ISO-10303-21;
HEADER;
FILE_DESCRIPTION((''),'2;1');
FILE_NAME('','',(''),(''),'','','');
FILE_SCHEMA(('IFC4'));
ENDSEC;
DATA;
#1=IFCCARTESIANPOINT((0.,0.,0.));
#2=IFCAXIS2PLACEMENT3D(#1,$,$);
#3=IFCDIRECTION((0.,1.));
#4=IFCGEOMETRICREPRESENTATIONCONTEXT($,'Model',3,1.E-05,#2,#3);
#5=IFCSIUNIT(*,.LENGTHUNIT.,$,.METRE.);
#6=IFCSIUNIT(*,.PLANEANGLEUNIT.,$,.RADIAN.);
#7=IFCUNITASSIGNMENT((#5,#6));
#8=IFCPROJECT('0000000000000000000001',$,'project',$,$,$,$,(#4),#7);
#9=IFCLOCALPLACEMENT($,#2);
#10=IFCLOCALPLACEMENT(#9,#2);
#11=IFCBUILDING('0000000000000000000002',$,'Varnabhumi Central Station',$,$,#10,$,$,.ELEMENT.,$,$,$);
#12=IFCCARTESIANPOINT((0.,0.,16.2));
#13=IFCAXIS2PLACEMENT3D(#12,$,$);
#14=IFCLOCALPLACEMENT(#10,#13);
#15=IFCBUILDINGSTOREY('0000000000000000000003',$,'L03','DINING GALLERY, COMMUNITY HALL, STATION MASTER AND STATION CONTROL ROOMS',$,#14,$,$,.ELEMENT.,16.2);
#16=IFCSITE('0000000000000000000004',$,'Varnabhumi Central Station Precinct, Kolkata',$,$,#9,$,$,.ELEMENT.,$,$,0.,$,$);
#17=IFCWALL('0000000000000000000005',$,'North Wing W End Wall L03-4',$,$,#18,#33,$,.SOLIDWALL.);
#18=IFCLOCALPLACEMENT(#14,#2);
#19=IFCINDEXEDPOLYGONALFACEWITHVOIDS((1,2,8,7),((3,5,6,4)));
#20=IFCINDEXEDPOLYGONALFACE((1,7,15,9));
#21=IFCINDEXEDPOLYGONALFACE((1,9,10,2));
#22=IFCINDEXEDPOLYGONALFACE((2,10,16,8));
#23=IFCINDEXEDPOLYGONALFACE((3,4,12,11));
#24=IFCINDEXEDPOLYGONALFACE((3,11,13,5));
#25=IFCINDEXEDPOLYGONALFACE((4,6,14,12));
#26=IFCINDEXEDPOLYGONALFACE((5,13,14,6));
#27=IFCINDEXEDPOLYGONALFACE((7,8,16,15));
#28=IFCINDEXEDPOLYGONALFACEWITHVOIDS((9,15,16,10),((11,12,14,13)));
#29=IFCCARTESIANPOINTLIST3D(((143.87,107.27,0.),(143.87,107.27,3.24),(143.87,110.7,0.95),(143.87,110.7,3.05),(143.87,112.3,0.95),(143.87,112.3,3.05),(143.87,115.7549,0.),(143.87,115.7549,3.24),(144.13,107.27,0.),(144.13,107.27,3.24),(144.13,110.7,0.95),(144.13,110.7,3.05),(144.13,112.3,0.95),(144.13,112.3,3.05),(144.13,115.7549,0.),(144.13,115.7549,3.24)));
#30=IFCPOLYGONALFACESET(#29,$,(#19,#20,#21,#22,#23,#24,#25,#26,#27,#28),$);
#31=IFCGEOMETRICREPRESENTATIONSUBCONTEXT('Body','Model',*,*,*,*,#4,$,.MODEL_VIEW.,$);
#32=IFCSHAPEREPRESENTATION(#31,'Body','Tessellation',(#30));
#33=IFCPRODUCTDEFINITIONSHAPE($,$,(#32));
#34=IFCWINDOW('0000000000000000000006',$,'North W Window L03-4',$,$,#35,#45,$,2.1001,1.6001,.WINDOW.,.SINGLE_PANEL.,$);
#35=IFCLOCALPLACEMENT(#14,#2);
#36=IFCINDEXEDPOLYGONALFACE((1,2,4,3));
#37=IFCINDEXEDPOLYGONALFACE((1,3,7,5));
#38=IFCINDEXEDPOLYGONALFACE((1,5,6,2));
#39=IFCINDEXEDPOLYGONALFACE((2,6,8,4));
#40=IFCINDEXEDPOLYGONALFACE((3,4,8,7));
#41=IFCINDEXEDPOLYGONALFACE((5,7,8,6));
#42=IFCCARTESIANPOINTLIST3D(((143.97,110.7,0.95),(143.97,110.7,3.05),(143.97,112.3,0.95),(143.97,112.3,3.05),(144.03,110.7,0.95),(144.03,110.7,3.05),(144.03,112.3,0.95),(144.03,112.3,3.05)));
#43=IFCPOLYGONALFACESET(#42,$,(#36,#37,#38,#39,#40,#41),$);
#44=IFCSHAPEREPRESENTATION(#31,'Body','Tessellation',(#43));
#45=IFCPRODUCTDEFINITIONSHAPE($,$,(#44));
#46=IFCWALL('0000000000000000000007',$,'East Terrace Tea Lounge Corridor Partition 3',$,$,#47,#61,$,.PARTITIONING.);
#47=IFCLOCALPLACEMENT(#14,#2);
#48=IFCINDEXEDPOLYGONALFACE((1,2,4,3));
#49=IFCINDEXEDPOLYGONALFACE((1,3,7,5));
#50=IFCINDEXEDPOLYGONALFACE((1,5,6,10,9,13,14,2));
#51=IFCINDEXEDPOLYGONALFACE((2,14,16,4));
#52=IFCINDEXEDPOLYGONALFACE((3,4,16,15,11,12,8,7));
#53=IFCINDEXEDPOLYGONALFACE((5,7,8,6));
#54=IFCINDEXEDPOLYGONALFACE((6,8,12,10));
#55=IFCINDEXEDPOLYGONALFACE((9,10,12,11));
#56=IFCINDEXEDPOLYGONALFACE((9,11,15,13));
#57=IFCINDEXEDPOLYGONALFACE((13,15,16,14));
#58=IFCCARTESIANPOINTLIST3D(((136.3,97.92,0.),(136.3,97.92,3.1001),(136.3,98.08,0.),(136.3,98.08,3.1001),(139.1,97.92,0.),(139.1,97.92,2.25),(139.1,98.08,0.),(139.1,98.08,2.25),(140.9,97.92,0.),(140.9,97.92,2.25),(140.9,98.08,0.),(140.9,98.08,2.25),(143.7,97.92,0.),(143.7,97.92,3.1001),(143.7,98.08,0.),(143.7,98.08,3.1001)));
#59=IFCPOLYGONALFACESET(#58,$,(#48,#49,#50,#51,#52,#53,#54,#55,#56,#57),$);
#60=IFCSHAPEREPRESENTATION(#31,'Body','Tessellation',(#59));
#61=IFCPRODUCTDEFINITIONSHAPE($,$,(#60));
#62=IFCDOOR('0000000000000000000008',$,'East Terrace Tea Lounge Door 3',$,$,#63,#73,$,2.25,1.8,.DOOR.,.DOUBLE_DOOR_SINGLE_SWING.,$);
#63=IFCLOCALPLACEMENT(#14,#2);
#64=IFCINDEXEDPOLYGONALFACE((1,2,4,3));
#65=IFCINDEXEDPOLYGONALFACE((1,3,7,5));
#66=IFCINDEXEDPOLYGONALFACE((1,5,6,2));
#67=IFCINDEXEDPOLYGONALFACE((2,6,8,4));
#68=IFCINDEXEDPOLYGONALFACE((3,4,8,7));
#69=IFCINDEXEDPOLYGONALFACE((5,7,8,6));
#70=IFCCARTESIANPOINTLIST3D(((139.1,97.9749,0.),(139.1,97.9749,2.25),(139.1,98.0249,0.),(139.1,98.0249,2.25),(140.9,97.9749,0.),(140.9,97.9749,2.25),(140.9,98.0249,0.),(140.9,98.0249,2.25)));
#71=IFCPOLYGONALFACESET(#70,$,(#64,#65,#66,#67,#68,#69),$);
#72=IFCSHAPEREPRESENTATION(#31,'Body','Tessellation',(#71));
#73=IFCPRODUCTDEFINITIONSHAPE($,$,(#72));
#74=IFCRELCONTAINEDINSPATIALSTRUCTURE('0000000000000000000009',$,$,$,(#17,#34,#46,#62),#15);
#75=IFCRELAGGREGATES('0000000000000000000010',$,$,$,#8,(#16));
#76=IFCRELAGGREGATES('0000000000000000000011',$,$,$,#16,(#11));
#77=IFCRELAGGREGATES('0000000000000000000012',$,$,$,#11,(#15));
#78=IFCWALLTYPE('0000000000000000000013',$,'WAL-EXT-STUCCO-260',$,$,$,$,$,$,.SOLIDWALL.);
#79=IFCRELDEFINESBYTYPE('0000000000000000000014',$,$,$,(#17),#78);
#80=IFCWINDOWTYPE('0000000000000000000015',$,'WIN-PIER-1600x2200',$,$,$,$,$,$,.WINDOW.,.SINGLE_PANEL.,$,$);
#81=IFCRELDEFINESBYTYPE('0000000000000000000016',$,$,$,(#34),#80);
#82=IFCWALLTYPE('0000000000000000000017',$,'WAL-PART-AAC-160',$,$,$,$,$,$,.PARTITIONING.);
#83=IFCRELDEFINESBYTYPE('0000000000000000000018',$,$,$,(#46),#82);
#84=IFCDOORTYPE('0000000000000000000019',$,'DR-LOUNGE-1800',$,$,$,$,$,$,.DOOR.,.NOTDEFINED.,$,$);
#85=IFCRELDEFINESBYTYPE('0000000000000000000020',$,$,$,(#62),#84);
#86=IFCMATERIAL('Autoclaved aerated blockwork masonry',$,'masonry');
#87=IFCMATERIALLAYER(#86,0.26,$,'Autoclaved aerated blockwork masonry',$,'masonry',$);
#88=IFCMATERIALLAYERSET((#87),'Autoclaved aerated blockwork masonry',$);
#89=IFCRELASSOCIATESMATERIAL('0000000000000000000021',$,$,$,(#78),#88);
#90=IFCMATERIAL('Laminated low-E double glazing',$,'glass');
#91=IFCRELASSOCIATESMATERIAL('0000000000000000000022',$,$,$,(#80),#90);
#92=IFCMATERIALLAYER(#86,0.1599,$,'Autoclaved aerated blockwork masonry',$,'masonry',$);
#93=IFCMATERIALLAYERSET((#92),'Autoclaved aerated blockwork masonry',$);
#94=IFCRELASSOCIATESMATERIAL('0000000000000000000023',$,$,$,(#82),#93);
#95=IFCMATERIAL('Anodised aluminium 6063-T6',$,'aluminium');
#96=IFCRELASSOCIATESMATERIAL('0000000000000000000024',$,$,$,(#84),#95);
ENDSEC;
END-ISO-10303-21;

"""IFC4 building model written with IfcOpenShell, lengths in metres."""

from ifc_helpers import new_model, si_unit, direction, frame, frame_2d, origin, place, context, subcontext, project, spatial, rectangle, extrude, material, layer, layer_set, type_object, element, fill, save


model = new_model("IFC4")

# Units and contexts
model_context = context("Model", 3, precision=1e-05, world=origin(), true_north=direction((0.0, 1.0)))
body_context = subcontext(model_context, "Body", "Model", "MODEL_VIEW")
ifc_project = project(units=[si_unit("LENGTHUNIT", "METRE"), si_unit("PLANEANGLEUNIT", "RADIAN")], contexts=[model_context])

# Site, building, storey
site_placement = place(None, origin())
site = spatial("IfcSite", under=ifc_project, at=site_placement, Name="Varnabhumi Central Station Precinct, Kolkata", CompositionType="ELEMENT", RefElevation=0.0)
building_placement = place(site_placement, origin())
building = spatial("IfcBuilding", under=site, at=building_placement, Name="Varnabhumi Central Station", CompositionType="ELEMENT")
storey_placement = place(building_placement, frame((0.0, 0.0, 16.2)))
storey = spatial("IfcBuildingStorey", under=building, at=storey_placement, Name="L03", Description="DINING GALLERY, COMMUNITY HALL, STATION MASTER AND STATION CONTROL ROOMS", CompositionType="ELEMENT", Elevation=16.2)

# Shared definitions
ifc_material_1 = material(Name="Autoclaved aerated blockwork masonry", Category="masonry")

# Wall, opening, window
ifc_layer_1 = layer(ifc_material_1, 0.26, Name="Autoclaved aerated blockwork masonry", Category="masonry")
ifc_layer_set_1 = layer_set([ifc_layer_1], Name="Autoclaved aerated blockwork masonry")
wall_type_1 = type_object("IfcWallType", Name="WAL-EXT-STUCCO-260", PredefinedType="SOLIDWALL", material=ifc_layer_set_1)
ifc_material_2 = material(Name="Laminated low-E double glazing", Category="glass")
window_type = type_object("IfcWindowType", Name="WIN-PIER-1600x2200", PartitioningType="SINGLE_PANEL", PredefinedType="WINDOW", material=ifc_material_2)
wall_1_placement = place(storey_placement, frame((144.0, 107.27, 0.0), z_axis=(0.0, 0.0, 1.0), x_axis=(0.0, 1.0, 0.0)))
wall_1 = element("IfcWall", 1, at=wall_1_placement, inside=storey, type_object=wall_type_1, Name="North Wing W End Wall L03-4", PredefinedType="SOLIDWALL", context=body_context, shape_type="SweptSolid", body=[
    extrude(rectangle(XDim=8.4849, YDim=0.26, at=frame_2d((4.2424, 0.0))), origin(), (0.0, 0.0, 1.0), 3.24),
])
opening_1_placement = place(wall_1_placement, frame((3.4299, 0.0, 0.95)))
opening_1 = element("IfcOpeningElement", 2, at=opening_1_placement, cuts=wall_1, PredefinedType="OPENING", context=body_context, shape_type="SweptSolid", body=[
    extrude(rectangle(XDim=1.6001, YDim=2.1001, at=frame_2d((0.8, 1.05))), frame((0.0, 0.1399, 0.0), z_axis=(0.0, -1.0, 0.0), x_axis=(1.0, 0.0, 0.0)), (0.0, 0.0, 1.0), 0.28),
])
window_1_placement = place(opening_1_placement, origin())
window_1 = element("IfcWindow", 3, at=window_1_placement, inside=storey, type_object=window_type, Name="North W Window L03-4", OverallHeight=2.1001, OverallWidth=1.6001, PartitioningType="SINGLE_PANEL", PredefinedType="WINDOW", context=body_context, shape_type="SweptSolid", body=[
    extrude(rectangle(XDim=1.6001, YDim=2.1001, at=frame_2d((0.8, 1.05))), frame((0.0, 0.03, 0.0), z_axis=(0.0, -1.0, 0.0), x_axis=(1.0, 0.0, 0.0)), (0.0, 0.0, 1.0), 0.0601),
])
fill(opening_1, window_1)

# Wall, opening, door
ifc_layer_2 = layer(ifc_material_1, 0.1599, Name="Autoclaved aerated blockwork masonry", Category="masonry")
ifc_layer_set_2 = layer_set([ifc_layer_2], Name="Autoclaved aerated blockwork masonry")
wall_type_2 = type_object("IfcWallType", Name="WAL-PART-AAC-160", PredefinedType="PARTITIONING", material=ifc_layer_set_2)
wall_2_placement = place(storey_placement, frame((136.3, 98.0, 0.0), z_axis=(0.0, 0.0, 1.0), x_axis=(1.0, 0.0, 0.0)))
wall_2 = element("IfcWall", 4, at=wall_2_placement, inside=storey, type_object=wall_type_2, Name="East Terrace Tea Lounge Corridor Partition 3", PredefinedType="PARTITIONING", context=body_context, shape_type="SweptSolid", body=[
    extrude(rectangle(XDim=7.3999, YDim=0.1599, at=frame_2d((3.7, 0.0))), origin(), (0.0, 0.0, 1.0), 3.1001),
])
opening_2_placement = place(wall_2_placement, frame((2.8, 0.0, 0.0)))
opening_2 = element("IfcOpeningElement", 5, at=opening_2_placement, cuts=wall_2, PredefinedType="OPENING", context=body_context, shape_type="SweptSolid", body=[
    extrude(rectangle(XDim=1.8, YDim=2.25, at=frame_2d((0.8999, 1.125))), frame((0.0, 0.0898, 0.0), z_axis=(0.0, -1.0, 0.0), x_axis=(1.0, 0.0, 0.0)), (0.0, 0.0, 1.0), 0.1799),
])
ifc_material_3 = material(Name="Anodised aluminium 6063-T6", Category="aluminium")
door_type_1 = type_object("IfcDoorType", Name="DR-LOUNGE-1800", OperationType="NOTDEFINED", PredefinedType="DOOR", material=ifc_material_3)
door_1_placement = place(opening_2_placement, origin())
door_1 = element("IfcDoor", 6, at=door_1_placement, inside=storey, type_object=door_type_1, Name="East Terrace Tea Lounge Door 3", OperationType="DOUBLE_DOOR_SINGLE_SWING", OverallHeight=2.25, OverallWidth=1.8, PredefinedType="DOOR", context=body_context, shape_type="SweptSolid", body=[
    extrude(rectangle(XDim=1.8, YDim=2.25, at=frame_2d((0.8999, 1.125))), frame((0.0, 0.0249, 0.0), z_axis=(0.0, -1.0, 0.0), x_axis=(1.0, 0.0, 0.0)), (0.0, 0.0, 1.0), 0.05),
])
fill(opening_2, door_1)

save(model, "model.ifc")
